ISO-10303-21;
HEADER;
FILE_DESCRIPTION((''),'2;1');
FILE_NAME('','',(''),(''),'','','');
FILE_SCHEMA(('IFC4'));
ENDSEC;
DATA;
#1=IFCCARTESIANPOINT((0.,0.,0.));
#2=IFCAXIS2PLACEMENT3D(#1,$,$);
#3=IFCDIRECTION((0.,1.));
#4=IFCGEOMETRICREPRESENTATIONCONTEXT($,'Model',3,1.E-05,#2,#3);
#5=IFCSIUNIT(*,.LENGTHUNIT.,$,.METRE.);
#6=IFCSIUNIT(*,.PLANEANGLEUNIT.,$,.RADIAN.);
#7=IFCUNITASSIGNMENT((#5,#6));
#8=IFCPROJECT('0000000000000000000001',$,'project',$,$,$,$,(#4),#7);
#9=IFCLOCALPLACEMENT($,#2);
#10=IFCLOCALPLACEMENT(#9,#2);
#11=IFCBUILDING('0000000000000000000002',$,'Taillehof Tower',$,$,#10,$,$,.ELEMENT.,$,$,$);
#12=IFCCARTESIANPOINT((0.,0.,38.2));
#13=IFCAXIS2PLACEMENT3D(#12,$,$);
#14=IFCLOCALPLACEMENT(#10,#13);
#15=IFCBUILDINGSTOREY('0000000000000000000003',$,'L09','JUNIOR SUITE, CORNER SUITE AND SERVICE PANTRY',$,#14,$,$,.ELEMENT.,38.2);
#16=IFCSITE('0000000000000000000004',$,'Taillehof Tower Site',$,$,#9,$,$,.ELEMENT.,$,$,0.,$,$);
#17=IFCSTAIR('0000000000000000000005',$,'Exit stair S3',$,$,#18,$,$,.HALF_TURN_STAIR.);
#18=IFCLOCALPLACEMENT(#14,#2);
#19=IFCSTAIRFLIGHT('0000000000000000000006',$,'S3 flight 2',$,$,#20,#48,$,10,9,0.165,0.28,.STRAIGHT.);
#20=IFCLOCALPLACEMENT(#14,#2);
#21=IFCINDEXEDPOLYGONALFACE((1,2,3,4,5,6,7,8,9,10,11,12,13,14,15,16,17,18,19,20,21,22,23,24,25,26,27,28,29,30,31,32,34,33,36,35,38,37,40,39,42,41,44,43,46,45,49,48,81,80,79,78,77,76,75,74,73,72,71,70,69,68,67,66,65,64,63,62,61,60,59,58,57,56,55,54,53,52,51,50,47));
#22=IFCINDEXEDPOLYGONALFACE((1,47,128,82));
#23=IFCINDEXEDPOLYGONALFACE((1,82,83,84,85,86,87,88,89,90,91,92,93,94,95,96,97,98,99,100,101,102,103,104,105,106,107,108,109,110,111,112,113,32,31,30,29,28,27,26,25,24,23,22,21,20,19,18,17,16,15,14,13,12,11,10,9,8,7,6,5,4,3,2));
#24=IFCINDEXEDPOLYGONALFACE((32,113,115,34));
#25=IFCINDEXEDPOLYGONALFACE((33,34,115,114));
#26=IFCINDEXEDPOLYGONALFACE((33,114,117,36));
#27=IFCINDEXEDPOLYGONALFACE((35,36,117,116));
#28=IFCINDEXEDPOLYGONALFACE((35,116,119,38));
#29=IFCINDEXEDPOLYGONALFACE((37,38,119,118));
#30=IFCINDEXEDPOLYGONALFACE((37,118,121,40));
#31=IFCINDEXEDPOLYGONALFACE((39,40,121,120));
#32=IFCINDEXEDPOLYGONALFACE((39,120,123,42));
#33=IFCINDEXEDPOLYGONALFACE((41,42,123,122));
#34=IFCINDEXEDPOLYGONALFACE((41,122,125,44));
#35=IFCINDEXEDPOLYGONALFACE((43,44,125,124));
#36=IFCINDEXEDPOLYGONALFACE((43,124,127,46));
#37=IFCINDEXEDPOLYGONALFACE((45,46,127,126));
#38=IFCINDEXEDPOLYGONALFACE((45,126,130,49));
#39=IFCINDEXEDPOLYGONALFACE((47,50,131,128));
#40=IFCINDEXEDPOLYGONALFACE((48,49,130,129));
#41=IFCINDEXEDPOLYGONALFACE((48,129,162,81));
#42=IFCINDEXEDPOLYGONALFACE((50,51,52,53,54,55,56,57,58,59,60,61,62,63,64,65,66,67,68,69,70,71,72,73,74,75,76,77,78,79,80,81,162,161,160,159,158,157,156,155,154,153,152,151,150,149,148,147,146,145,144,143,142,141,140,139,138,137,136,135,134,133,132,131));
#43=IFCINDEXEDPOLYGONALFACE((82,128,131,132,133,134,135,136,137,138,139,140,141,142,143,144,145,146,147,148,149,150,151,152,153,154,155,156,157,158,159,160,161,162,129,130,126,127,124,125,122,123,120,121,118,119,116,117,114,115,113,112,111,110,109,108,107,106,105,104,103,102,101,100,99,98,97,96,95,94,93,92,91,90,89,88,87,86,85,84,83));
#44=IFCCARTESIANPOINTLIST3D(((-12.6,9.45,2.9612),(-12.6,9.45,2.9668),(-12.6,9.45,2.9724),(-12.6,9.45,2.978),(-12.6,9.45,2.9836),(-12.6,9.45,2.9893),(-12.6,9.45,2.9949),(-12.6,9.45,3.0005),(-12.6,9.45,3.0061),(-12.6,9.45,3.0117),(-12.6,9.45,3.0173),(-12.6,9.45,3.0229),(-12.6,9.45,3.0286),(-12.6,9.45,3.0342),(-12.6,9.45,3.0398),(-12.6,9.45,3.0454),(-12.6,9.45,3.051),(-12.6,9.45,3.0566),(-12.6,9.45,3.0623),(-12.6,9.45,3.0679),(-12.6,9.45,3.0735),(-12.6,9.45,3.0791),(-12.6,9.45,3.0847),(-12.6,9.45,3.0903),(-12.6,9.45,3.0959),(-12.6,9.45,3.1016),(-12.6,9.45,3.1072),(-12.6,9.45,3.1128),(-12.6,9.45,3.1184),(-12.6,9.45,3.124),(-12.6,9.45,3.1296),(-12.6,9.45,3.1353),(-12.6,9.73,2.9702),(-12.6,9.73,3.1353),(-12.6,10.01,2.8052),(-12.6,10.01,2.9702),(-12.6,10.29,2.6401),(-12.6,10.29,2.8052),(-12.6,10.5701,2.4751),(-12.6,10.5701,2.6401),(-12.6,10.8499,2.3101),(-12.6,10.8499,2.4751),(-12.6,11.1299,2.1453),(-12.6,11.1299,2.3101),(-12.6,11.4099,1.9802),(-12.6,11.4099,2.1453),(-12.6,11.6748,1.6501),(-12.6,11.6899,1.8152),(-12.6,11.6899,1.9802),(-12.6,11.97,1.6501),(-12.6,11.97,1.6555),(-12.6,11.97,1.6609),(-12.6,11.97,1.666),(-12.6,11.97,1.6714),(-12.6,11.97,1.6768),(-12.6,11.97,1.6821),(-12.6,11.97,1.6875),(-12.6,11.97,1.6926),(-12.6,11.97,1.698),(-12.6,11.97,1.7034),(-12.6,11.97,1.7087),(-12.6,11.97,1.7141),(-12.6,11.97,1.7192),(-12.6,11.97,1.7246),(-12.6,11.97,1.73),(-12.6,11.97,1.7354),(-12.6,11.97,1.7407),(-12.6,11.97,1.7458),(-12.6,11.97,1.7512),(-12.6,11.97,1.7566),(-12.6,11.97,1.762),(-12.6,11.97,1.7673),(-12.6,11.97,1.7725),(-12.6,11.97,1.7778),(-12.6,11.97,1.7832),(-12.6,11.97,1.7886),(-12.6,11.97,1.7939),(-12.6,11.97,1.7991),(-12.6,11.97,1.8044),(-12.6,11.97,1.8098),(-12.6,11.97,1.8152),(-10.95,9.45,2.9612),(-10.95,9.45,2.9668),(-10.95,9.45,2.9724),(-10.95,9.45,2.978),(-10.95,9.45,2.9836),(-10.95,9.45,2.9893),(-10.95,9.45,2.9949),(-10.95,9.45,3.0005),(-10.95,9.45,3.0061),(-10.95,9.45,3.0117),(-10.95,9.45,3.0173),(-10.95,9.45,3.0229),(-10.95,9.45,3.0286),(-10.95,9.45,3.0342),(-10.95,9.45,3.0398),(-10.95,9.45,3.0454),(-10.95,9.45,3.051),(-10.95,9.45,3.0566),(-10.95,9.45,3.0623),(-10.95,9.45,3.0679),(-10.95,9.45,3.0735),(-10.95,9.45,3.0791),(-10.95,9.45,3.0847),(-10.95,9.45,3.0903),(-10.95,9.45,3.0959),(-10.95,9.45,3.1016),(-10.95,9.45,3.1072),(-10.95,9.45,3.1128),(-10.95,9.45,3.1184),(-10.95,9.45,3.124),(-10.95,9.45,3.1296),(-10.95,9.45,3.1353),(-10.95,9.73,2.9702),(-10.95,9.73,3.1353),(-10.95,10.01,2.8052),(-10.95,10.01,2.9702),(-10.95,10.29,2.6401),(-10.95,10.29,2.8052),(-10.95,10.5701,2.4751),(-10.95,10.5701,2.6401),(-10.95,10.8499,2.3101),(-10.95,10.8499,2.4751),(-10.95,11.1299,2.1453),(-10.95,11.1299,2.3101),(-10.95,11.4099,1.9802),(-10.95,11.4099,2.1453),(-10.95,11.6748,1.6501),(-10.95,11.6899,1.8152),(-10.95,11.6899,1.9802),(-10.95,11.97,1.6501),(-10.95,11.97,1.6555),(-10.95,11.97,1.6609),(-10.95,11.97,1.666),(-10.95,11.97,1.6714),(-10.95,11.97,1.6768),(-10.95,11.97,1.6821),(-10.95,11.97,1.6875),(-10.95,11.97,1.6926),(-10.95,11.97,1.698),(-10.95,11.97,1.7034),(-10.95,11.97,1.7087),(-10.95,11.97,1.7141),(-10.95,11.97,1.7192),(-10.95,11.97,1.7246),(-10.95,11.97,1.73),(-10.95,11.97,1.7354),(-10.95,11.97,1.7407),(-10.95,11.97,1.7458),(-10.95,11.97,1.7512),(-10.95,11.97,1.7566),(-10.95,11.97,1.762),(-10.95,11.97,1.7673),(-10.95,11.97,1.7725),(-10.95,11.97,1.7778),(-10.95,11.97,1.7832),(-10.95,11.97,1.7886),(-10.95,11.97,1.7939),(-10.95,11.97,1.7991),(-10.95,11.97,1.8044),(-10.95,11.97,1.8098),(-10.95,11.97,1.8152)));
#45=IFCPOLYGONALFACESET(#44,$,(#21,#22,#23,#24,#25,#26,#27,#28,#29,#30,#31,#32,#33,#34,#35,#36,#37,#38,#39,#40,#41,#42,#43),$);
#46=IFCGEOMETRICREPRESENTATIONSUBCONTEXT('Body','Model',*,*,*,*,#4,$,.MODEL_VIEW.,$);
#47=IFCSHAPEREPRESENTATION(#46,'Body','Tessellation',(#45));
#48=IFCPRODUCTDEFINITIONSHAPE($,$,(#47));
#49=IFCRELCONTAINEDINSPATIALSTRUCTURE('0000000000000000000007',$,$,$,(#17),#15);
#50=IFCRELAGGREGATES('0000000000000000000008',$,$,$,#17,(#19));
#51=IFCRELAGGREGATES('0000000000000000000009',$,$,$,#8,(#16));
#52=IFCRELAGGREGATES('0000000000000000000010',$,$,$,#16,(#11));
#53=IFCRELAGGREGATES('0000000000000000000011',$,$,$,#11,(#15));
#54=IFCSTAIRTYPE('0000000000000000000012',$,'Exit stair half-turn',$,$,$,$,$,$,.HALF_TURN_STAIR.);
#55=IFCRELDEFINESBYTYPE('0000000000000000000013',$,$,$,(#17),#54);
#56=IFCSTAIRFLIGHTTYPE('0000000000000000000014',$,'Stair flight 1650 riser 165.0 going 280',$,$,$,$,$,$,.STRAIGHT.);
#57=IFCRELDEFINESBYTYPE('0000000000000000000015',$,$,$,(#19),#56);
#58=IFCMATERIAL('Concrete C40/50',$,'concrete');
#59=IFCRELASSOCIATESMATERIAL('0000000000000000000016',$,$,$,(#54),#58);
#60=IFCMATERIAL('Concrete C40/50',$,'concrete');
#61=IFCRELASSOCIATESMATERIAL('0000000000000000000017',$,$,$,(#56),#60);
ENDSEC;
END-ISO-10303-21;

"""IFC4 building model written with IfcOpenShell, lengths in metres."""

from ifc_helpers import new_model, si_unit, direction, frame, origin, place, context, subcontext, project, spatial, polyline, outline, extrude, material, type_object, element, aggregate, save


model = new_model("IFC4")

# Units and contexts
model_context = context("Model", 3, precision=1e-05, world=origin(), true_north=direction((0.0, 1.0)))
body_context = subcontext(model_context, "Body", "Model", "MODEL_VIEW")
ifc_project = project(units=[si_unit("LENGTHUNIT", "METRE"), si_unit("PLANEANGLEUNIT", "RADIAN")], contexts=[model_context])

# Site, building, storey
site_placement = place(None, origin())
site = spatial("IfcSite", under=ifc_project, at=site_placement, Name="Taillehof Tower Site", CompositionType="ELEMENT", RefElevation=0.0)
building_placement = place(site_placement, origin())
building = spatial("IfcBuilding", under=site, at=building_placement, Name="Taillehof Tower", CompositionType="ELEMENT")
storey_placement = place(building_placement, frame((0.0, 0.0, 38.2)))
storey = spatial("IfcBuildingStorey", under=building, at=storey_placement, Name="L09", Description="JUNIOR SUITE, CORNER SUITE AND SERVICE PANTRY", CompositionType="ELEMENT", Elevation=38.2)

# Stair, stair flight
ifc_material_1 = material(Name="Concrete C40/50", Category="concrete")
stair_type = type_object("IfcStairType", Name="Exit stair half-turn", PredefinedType="HALF_TURN_STAIR", material=ifc_material_1)
stair_placement = place(storey_placement, origin())
stair = element("IfcStair", 1, at=stair_placement, inside=storey, type_object=stair_type, Name="Exit stair S3", PredefinedType="HALF_TURN_STAIR")
ifc_material_2 = material(Name="Concrete C40/50", Category="concrete")
stair_flight_type = type_object("IfcStairFlightType", Name="Stair flight 1650 riser 165.0 going 280", PredefinedType="STRAIGHT", material=ifc_material_2)
stair_flight_1_placement = place(storey_placement, frame((-11.7749, 11.97, 1.6501), z_axis=(0.0, 0.0, 1.0), x_axis=(0.0, -1.0, 0.0)))
stair_flight_1 = element("IfcStairFlight", 2, at=stair_flight_1_placement, type_object=stair_flight_type, Name="S3 flight 2", NumberOfRisers=10, NumberOfTreads=9, PredefinedType="STRAIGHT", RiserHeight=0.165, TreadLength=0.28, context=body_context, shape_type="SweptSolid", body=[
    extrude(outline(polyline([(0.0, 0.0), (0.0, 0.0054), (0.0, 0.0107), (0.0, 0.0159), (0.0, 0.0212), (0.0, 0.0266), (0.0, 0.032), (0.0, 0.0374), (0.0, 0.0425), (0.0, 0.0479), (0.0, 0.0532), (0.0, 0.0586), (0.0, 0.064), (0.0, 0.0691), (0.0, 0.0745), (0.0, 0.0798), (0.0, 0.0852), (0.0, 0.0906), (0.0, 0.0957), (0.0, 0.1011), (0.0, 0.1064), (0.0, 0.1118), (0.0, 0.1172), (0.0, 0.1223), (0.0, 0.1277), (0.0, 0.1331), (0.0, 0.1384), (0.0, 0.1438), (0.0, 0.1489), (0.0, 0.1543), (0.0, 0.1597), (0.0, 0.165), (0.28, 0.165), (0.28, 0.3301), (0.5601, 0.3301), (0.5601, 0.4951), (0.8401, 0.4951), (0.8401, 0.6599), (1.1201, 0.6599), (1.1201, 0.825), (1.3999, 0.825), (1.3999, 0.99), (1.6799, 0.99), (1.6799, 1.155), (1.96, 1.155), (1.96, 1.3201), (2.24, 1.3201), (2.24, 1.4851), (2.52, 1.4851), (2.52, 1.4795), (2.52, 1.4739), (2.52, 1.4683), (2.52, 1.4626), (2.52, 1.457), (2.52, 1.4514), (2.52, 1.4458), (2.52, 1.4402), (2.52, 1.4346), (2.52, 1.429), (2.52, 1.4233), (2.52, 1.4177), (2.52, 1.4121), (2.52, 1.4065), (2.52, 1.4009), (2.52, 1.3953), (2.52, 1.3896), (2.52, 1.384), (2.52, 1.3784), (2.52, 1.3728), (2.52, 1.3672), (2.52, 1.3616), (2.52, 1.356), (2.52, 1.3503), (2.52, 1.3447), (2.52, 1.3391), (2.52, 1.3335), (2.52, 1.3279), (2.52, 1.3223), (2.52, 1.3167), (2.52, 1.311), (0.2952, 0.0), (0.0, 0.0)])), frame((0.0, 0.825, 0.0), z_axis=(0.0, -1.0, 0.0), x_axis=(1.0, 0.0, 0.0)), (0.0, 0.0, 1.0), 1.65),
])
aggregate(stair, [stair_flight_1])

save(model, "model.ifc")
